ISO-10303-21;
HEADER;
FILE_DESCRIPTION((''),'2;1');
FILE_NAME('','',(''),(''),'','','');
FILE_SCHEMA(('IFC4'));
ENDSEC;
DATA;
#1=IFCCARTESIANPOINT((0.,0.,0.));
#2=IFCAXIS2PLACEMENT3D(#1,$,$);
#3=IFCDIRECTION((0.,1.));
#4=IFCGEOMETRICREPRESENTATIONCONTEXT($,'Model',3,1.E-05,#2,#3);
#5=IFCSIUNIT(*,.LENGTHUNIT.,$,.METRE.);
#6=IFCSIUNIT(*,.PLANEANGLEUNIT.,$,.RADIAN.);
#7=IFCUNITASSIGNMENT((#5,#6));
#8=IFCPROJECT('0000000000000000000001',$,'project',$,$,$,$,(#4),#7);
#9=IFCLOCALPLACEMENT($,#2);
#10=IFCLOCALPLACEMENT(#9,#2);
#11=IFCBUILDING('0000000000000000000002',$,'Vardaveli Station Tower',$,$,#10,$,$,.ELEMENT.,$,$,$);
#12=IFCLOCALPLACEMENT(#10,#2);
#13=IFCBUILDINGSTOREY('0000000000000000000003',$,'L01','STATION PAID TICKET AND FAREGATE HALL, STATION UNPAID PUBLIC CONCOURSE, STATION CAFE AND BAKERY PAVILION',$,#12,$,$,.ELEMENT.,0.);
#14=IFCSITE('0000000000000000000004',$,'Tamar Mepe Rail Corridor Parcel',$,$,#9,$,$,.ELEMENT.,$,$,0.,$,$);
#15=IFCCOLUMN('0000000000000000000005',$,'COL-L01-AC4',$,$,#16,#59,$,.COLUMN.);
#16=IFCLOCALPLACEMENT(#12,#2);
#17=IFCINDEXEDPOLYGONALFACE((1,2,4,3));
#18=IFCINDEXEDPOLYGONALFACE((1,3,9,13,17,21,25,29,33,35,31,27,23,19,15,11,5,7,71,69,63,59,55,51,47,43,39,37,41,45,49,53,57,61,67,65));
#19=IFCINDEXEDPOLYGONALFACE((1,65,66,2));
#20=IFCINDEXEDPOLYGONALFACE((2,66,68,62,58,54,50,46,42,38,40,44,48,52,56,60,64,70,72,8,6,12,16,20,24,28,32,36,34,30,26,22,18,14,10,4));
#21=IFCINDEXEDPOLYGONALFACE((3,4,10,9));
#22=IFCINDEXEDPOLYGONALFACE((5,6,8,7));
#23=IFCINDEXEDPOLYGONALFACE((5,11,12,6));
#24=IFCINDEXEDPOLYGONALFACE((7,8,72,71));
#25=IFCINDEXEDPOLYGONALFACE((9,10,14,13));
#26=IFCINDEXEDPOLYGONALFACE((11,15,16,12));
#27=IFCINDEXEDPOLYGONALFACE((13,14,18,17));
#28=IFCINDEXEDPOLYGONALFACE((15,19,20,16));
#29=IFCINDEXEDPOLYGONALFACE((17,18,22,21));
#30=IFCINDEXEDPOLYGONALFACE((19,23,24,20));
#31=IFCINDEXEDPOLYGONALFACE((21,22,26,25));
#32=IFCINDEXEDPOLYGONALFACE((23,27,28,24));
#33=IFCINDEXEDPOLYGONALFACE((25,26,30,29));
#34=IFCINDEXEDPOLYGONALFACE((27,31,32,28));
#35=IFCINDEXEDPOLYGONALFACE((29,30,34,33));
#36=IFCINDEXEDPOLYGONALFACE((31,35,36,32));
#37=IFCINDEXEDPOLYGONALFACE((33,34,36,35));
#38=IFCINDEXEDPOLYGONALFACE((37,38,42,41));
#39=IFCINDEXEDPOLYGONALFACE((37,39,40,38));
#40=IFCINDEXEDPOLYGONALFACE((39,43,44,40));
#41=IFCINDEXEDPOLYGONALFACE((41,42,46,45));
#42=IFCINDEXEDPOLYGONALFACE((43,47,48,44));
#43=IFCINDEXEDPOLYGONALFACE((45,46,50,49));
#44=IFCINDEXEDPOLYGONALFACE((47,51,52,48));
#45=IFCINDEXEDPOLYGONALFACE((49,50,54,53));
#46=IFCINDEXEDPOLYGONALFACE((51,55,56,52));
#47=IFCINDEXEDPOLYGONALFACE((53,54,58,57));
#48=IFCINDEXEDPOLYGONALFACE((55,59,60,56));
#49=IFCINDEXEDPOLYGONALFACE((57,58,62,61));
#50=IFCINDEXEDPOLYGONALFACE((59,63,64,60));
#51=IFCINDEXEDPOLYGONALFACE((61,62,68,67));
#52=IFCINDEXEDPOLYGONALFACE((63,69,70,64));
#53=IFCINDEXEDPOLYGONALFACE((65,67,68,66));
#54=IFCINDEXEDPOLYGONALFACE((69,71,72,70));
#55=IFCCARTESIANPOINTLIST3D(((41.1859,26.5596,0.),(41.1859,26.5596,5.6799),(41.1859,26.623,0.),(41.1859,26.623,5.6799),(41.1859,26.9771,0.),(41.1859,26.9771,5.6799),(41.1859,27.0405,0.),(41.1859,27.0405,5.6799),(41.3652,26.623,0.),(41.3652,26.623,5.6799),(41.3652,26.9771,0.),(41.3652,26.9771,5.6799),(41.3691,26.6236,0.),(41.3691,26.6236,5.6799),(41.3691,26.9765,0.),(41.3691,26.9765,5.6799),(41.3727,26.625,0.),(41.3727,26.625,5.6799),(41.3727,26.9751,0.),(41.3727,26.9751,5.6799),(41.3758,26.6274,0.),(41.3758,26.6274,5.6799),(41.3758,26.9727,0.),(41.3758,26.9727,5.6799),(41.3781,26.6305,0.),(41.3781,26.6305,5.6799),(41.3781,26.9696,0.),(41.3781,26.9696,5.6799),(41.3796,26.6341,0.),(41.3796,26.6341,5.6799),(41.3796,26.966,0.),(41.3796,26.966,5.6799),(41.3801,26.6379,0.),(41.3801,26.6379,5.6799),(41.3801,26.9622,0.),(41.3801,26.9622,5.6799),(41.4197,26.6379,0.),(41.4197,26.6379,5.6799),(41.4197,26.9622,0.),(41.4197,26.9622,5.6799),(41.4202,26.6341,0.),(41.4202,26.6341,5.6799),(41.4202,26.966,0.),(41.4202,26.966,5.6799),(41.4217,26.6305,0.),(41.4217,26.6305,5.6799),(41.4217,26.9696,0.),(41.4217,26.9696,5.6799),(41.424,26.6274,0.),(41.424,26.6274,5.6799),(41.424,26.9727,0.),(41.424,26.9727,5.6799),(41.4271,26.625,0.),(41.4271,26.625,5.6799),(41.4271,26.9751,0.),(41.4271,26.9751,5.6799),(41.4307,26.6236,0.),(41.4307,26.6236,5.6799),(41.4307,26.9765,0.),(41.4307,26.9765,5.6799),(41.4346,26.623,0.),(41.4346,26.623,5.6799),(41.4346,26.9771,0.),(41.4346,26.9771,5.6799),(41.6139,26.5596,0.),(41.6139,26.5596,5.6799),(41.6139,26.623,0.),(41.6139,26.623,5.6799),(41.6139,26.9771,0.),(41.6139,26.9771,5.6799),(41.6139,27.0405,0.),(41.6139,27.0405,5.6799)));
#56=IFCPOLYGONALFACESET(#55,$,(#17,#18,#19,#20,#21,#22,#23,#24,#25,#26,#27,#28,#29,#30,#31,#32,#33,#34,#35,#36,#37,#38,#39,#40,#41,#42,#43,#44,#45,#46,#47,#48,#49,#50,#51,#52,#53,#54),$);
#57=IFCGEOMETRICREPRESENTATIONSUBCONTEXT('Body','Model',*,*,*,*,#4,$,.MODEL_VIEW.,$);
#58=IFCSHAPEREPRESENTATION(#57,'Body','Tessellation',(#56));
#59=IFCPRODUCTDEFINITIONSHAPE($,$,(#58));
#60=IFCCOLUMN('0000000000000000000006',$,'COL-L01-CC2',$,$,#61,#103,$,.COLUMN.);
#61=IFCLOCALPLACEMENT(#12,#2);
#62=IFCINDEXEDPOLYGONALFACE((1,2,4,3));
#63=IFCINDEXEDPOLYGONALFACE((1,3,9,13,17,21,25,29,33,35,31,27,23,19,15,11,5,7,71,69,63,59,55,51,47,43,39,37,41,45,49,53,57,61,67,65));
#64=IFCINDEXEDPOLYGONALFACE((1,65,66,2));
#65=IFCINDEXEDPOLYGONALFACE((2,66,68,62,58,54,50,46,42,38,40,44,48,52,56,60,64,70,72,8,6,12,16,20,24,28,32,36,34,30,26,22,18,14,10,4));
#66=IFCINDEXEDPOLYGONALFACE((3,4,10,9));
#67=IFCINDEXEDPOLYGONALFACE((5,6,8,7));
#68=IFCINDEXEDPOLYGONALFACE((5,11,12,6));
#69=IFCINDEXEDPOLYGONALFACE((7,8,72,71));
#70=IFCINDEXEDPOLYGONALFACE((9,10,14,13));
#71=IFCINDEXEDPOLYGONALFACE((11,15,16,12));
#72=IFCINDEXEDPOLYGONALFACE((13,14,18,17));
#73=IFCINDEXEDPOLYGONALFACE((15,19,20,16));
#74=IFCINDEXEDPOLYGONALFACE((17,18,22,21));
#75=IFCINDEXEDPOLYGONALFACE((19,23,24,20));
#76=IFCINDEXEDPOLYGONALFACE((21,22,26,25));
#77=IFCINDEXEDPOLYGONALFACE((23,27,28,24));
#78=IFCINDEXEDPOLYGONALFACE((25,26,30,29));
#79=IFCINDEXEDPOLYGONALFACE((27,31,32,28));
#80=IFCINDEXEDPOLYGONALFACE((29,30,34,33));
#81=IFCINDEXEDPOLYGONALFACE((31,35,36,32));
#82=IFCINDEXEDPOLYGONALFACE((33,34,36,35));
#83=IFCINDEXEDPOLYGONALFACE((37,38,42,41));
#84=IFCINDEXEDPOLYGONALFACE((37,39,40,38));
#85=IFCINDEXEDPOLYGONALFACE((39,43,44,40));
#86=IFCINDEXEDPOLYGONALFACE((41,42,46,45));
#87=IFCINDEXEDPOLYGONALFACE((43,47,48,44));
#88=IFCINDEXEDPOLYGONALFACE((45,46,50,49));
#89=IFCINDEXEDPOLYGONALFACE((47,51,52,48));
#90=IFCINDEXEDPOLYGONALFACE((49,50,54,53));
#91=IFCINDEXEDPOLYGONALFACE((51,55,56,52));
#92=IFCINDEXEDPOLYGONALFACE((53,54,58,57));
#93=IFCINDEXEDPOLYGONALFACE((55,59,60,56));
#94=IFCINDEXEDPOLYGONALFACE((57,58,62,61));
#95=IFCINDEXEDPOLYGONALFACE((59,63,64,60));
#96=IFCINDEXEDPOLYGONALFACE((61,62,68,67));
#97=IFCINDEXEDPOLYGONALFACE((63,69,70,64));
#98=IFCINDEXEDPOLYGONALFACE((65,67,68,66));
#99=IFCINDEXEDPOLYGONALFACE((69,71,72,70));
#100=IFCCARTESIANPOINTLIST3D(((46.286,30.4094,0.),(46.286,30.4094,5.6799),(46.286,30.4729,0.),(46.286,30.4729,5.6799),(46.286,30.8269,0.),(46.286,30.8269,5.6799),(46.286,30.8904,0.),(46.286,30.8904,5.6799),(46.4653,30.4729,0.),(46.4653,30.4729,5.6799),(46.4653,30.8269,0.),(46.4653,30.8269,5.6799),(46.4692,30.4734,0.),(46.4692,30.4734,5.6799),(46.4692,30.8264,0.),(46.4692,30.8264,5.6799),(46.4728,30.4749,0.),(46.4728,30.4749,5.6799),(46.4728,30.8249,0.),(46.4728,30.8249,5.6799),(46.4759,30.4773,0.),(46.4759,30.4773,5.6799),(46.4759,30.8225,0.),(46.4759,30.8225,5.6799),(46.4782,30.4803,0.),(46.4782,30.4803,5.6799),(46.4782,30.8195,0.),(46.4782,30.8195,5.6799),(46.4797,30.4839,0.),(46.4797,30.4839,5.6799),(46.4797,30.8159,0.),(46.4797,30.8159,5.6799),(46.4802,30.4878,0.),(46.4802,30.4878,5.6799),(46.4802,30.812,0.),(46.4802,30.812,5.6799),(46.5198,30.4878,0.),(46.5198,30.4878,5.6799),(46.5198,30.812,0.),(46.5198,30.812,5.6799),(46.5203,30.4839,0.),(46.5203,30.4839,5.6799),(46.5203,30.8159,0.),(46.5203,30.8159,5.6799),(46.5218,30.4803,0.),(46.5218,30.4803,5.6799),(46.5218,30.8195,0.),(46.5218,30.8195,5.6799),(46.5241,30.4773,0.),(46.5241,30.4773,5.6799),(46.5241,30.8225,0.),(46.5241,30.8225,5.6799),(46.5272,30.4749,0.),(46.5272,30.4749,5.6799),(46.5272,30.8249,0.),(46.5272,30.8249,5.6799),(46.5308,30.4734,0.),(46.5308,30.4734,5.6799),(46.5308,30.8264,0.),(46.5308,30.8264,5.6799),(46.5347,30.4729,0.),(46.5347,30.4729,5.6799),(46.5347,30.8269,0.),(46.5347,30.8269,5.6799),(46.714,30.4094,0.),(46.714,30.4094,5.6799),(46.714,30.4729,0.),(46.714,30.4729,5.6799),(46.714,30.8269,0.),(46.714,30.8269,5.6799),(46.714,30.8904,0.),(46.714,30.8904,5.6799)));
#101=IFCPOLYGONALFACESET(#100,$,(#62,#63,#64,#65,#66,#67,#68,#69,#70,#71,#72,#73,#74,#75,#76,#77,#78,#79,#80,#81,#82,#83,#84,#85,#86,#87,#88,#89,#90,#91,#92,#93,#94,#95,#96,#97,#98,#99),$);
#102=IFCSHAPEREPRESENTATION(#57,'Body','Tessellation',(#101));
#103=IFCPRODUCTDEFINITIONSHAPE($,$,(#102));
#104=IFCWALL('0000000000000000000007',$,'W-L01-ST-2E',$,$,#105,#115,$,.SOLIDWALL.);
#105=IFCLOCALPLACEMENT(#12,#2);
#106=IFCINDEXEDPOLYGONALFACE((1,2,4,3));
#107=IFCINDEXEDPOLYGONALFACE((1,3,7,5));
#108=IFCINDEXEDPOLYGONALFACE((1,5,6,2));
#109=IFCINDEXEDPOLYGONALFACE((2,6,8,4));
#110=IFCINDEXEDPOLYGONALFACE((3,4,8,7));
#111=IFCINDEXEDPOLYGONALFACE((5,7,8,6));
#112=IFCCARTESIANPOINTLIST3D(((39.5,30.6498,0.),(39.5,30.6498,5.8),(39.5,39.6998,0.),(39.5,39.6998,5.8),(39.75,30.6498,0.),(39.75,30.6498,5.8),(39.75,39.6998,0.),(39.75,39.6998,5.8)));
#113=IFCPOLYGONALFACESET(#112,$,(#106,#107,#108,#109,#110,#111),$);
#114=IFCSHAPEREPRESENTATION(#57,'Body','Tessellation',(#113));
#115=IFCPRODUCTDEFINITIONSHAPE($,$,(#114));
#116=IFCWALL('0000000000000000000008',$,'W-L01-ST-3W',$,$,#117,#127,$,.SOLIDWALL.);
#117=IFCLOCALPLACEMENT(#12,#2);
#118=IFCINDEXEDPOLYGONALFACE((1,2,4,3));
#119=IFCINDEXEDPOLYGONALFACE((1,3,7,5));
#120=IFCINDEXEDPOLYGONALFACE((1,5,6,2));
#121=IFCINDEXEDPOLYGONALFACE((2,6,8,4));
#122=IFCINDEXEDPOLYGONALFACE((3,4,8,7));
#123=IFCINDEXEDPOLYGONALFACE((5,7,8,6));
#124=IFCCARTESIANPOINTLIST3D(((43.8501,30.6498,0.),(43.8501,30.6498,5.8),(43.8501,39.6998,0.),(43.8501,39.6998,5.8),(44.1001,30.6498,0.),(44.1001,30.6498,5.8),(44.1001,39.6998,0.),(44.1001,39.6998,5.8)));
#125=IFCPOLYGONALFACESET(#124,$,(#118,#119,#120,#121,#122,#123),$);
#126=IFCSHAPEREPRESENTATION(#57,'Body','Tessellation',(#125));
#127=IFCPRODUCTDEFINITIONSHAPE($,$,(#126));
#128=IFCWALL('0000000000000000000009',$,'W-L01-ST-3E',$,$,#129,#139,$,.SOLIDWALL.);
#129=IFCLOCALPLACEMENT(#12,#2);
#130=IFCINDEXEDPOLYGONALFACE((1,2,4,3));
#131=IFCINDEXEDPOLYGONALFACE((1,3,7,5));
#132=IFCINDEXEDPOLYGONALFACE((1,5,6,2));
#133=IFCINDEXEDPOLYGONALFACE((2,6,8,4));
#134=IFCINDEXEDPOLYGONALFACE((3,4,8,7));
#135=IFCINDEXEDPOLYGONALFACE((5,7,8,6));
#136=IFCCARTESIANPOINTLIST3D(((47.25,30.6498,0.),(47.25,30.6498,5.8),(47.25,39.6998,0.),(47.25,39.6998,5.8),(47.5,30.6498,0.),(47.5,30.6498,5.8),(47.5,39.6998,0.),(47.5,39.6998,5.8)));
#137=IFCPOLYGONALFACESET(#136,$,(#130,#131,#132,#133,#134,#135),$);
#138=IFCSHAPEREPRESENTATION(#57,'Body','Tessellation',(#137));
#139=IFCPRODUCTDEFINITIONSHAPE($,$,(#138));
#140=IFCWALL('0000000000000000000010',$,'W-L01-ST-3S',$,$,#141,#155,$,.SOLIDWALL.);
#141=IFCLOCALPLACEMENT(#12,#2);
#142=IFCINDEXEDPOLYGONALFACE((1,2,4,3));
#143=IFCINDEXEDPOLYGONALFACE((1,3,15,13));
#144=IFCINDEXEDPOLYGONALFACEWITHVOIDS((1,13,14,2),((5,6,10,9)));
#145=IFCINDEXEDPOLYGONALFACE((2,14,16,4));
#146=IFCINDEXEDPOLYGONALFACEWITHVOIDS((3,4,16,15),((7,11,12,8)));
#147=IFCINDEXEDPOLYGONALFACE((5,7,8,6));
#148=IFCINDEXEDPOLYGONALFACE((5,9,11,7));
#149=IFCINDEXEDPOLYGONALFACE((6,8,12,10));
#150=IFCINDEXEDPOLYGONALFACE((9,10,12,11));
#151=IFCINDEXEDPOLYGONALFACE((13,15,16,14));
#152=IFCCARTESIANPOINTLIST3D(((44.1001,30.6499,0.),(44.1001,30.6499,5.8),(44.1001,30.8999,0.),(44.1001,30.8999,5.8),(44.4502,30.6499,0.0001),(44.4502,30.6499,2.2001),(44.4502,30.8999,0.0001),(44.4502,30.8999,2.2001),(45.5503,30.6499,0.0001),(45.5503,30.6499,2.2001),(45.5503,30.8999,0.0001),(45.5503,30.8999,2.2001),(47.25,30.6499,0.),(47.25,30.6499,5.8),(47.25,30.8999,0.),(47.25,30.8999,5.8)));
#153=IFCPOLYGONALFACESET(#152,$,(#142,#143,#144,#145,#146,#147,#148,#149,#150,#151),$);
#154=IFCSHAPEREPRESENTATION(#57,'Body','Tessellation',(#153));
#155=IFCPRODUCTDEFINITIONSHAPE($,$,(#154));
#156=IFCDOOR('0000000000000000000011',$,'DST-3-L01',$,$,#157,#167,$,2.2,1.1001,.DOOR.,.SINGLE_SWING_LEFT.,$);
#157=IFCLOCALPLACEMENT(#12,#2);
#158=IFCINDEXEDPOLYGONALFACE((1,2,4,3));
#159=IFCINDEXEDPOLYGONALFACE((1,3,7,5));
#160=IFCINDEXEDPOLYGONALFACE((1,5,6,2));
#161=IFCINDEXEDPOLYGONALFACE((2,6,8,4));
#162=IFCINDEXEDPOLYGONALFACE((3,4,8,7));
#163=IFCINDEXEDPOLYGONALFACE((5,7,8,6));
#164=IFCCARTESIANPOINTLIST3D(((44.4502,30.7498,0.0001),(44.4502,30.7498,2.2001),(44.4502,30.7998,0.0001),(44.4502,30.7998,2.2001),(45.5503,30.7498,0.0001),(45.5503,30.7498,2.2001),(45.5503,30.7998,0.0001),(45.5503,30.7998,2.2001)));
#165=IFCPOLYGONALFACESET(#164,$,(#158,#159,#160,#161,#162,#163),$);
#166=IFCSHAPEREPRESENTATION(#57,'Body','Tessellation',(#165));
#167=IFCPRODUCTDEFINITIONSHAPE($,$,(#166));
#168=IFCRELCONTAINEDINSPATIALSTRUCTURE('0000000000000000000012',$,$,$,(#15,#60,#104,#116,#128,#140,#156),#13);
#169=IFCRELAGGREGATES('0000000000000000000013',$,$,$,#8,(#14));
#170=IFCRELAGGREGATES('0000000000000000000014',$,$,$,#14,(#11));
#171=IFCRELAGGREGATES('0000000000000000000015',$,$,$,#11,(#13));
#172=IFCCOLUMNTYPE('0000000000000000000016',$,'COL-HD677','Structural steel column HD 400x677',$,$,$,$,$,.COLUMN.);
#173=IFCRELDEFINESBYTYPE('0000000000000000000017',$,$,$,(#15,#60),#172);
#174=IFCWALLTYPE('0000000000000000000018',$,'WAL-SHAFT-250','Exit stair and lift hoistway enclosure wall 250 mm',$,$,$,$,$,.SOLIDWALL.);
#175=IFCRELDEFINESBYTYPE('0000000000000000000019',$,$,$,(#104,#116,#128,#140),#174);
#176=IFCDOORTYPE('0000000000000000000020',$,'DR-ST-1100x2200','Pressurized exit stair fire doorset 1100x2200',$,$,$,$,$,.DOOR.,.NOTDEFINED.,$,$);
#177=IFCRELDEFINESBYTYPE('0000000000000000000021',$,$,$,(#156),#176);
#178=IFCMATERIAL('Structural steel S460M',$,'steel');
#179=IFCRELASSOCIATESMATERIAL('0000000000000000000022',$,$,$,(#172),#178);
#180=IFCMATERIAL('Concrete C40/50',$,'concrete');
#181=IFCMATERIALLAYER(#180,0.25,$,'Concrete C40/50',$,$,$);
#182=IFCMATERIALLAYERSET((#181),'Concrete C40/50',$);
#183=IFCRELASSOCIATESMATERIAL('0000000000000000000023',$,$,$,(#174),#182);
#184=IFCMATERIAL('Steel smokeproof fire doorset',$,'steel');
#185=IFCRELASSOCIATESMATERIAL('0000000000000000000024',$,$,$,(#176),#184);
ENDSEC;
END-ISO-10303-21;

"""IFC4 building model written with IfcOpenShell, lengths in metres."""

from ifc_helpers import new_model, si_unit, direction, frame, frame_2d, origin, origin_2d, place, context, subcontext, project, spatial, rectangle, i_section, extrude, source, transform, mapped, material, layer, layer_set, material_profile, profile_set, type_object, element, fill, save


model = new_model("IFC4")

# Units and contexts
model_context = context("Model", 3, precision=1e-05, world=origin(), true_north=direction((0.0, 1.0)))
body_context = subcontext(model_context, "Body", "Model", "MODEL_VIEW")
ifc_project = project(units=[si_unit("LENGTHUNIT", "METRE"), si_unit("PLANEANGLEUNIT", "RADIAN")], contexts=[model_context])

# Site, building, storey
site_placement = place(None, origin())
site = spatial("IfcSite", under=ifc_project, at=site_placement, Name="Tamar Mepe Rail Corridor Parcel", CompositionType="ELEMENT", RefElevation=0.0)
building_placement = place(site_placement, origin())
building = spatial("IfcBuilding", under=site, at=building_placement, Name="Vardaveli Station Tower", CompositionType="ELEMENT")
storey_placement = place(building_placement, origin())
storey = spatial("IfcBuildingStorey", under=building, at=storey_placement, Name="L01", Description="STATION PAID TICKET AND FAREGATE HALL, STATION UNPAID PUBLIC CONCOURSE, STATION CAFE AND BAKERY PAVILION", CompositionType="ELEMENT", Elevation=0.0)

# Columns
ifc_material_1 = material(Name="Structural steel S460M", Category="steel")
ifc_material_profile = material_profile(ifc_material_1, i_section(OverallWidth=0.428, OverallDepth=0.481, WebThickness=0.0396, FlangeThickness=0.0635, FilletRadius=0.0149, at=origin_2d()), Name="HD 400x677")
ifc_profile_set = profile_set([ifc_material_profile], Name="Structural steel S460M")
column_type = type_object("IfcColumnType", Name="COL-HD677", Description="Structural steel column HD 400x677", PredefinedType="COLUMN", material=ifc_profile_set)
shared_shape_1 = source(origin(), body_context, "Body", "SweptSolid", [
    extrude(i_section(OverallWidth=0.428, OverallDepth=0.481, WebThickness=0.0396, FlangeThickness=0.0635, FilletRadius=0.0149, at=origin_2d()), origin(), (0.0, 0.0, 1.0), 5.6799),
])
for number, where, z_axis, x_axis, name in (
    (1, (41.3999, 26.8, 0.0), (0.0, 0.0, 1.0), (1.0, 0.0, 0.0), "COL-L01-AC4"),
    (2, (46.5, 30.6499, 0.0), (0.0, 0.0, 1.0), (1.0, 0.0, 0.0), "COL-L01-CC2"),
):
    element("IfcColumn", number, at=place(storey_placement, frame(where, z_axis=z_axis, x_axis=x_axis)), inside=storey, type_object=column_type, Name=name, PredefinedType="COLUMN", context=body_context, shape_type="MappedRepresentation", body=[
        mapped(shared_shape_1, transform((0.0, 0.0, 0.0), scale=1.0)),
    ])

# Walls
ifc_material_2 = material(Name="Concrete C40/50", Category="concrete")
ifc_layer_1 = layer(ifc_material_2, 0.25, Name="Concrete C40/50")
ifc_layer_set_1 = layer_set([ifc_layer_1], Name="Concrete C40/50")
wall_type_1 = type_object("IfcWallType", Name="WAL-SHAFT-250", Description="Exit stair and lift hoistway enclosure wall 250 mm", PredefinedType="SOLIDWALL", material=ifc_layer_set_1)
shared_shape_2 = source(origin(), body_context, "Body", "SweptSolid", [
    extrude(rectangle(XDim=9.05, YDim=0.25, at=frame_2d((4.5249, 0.0))), origin(), (0.0, 0.0, 1.0), 5.8),
])
for number, where, z_axis, x_axis, name in (
    (3, (39.625, 30.6499, 0.0), (0.0, 0.0, 1.0), (0.0, 1.0, 0.0), "W-L01-ST-2E"),
    (4, (43.9751, 30.6499, 0.0), (0.0, 0.0, 1.0), (0.0, 1.0, 0.0), "W-L01-ST-3W"),
    (5, (47.375, 30.6499, 0.0), (0.0, 0.0, 1.0), (0.0, 1.0, 0.0), "W-L01-ST-3E"),
):
    element("IfcWall", number, at=place(storey_placement, frame(where, z_axis=z_axis, x_axis=x_axis)), inside=storey, type_object=wall_type_1, Name=name, PredefinedType="SOLIDWALL", context=body_context, shape_type="MappedRepresentation", body=[
        mapped(shared_shape_2, transform((0.0, 0.0, 0.0), scale=1.0)),
    ])

# Wall, opening, door
shared_shape_3 = source(origin(), body_context, "Body", "SweptSolid", [
    extrude(rectangle(XDim=3.1499, YDim=0.25, at=frame_2d((1.575, 0.0))), origin(), (0.0, 0.0, 1.0), 5.8),
])
wall_1_placement = place(storey_placement, frame((44.1001, 30.7749, 0.0), z_axis=(0.0, 0.0, 1.0), x_axis=(1.0, 0.0, 0.0)))
wall_1 = element("IfcWall", 6, at=wall_1_placement, inside=storey, type_object=wall_type_1, Name="W-L01-ST-3S", PredefinedType="SOLIDWALL", context=body_context, shape_type="MappedRepresentation", body=[
    mapped(shared_shape_3, transform((0.0, 0.0, 0.0), scale=1.0)),
])
shared_shape_4 = source(origin(), body_context, "Body", "SweptSolid", [
    extrude(rectangle(XDim=1.1001, YDim=2.2, at=frame_2d((0.55, 1.1001))), frame((0.0, 0.135, 0.0), z_axis=(0.0, -1.0, 0.0), x_axis=(1.0, 0.0, 0.0)), (0.0, 0.0, 1.0), 0.27),
])
opening_1_placement = place(wall_1_placement, frame((0.3501, 0.0, 0.0)))
opening_1 = element("IfcOpeningElement", 7, at=opening_1_placement, cuts=wall_1, PredefinedType="OPENING", context=body_context, shape_type="MappedRepresentation", body=[
    mapped(shared_shape_4, transform((0.0, 0.0, 0.0), scale=1.0)),
])
ifc_material_3 = material(Name="Steel smokeproof fire doorset", Category="steel")
door_type_1 = type_object("IfcDoorType", Name="DR-ST-1100x2200", Description="Pressurized exit stair fire doorset 1100x2200", OperationType="NOTDEFINED", PredefinedType="DOOR", material=ifc_material_3)
shared_shape_5 = source(origin(), body_context, "Body", "SweptSolid", [
    extrude(rectangle(XDim=1.1001, YDim=2.2, at=frame_2d((0.55, 1.1001))), frame((0.0, 0.0249, 0.0), z_axis=(0.0, -1.0, 0.0), x_axis=(1.0, 0.0, 0.0)), (0.0, 0.0, 1.0), 0.05),
])
door_1_placement = place(opening_1_placement, origin())
door_1 = element("IfcDoor", 8, at=door_1_placement, inside=storey, type_object=door_type_1, Name="DST-3-L01", OperationType="SINGLE_SWING_LEFT", OverallHeight=2.2, OverallWidth=1.1001, PredefinedType="DOOR", context=body_context, shape_type="MappedRepresentation", body=[
    mapped(shared_shape_5, transform((0.0, 0.0, 0.0), scale=1.0)),
])
fill(opening_1, door_1)

save(model, "model.ifc")
